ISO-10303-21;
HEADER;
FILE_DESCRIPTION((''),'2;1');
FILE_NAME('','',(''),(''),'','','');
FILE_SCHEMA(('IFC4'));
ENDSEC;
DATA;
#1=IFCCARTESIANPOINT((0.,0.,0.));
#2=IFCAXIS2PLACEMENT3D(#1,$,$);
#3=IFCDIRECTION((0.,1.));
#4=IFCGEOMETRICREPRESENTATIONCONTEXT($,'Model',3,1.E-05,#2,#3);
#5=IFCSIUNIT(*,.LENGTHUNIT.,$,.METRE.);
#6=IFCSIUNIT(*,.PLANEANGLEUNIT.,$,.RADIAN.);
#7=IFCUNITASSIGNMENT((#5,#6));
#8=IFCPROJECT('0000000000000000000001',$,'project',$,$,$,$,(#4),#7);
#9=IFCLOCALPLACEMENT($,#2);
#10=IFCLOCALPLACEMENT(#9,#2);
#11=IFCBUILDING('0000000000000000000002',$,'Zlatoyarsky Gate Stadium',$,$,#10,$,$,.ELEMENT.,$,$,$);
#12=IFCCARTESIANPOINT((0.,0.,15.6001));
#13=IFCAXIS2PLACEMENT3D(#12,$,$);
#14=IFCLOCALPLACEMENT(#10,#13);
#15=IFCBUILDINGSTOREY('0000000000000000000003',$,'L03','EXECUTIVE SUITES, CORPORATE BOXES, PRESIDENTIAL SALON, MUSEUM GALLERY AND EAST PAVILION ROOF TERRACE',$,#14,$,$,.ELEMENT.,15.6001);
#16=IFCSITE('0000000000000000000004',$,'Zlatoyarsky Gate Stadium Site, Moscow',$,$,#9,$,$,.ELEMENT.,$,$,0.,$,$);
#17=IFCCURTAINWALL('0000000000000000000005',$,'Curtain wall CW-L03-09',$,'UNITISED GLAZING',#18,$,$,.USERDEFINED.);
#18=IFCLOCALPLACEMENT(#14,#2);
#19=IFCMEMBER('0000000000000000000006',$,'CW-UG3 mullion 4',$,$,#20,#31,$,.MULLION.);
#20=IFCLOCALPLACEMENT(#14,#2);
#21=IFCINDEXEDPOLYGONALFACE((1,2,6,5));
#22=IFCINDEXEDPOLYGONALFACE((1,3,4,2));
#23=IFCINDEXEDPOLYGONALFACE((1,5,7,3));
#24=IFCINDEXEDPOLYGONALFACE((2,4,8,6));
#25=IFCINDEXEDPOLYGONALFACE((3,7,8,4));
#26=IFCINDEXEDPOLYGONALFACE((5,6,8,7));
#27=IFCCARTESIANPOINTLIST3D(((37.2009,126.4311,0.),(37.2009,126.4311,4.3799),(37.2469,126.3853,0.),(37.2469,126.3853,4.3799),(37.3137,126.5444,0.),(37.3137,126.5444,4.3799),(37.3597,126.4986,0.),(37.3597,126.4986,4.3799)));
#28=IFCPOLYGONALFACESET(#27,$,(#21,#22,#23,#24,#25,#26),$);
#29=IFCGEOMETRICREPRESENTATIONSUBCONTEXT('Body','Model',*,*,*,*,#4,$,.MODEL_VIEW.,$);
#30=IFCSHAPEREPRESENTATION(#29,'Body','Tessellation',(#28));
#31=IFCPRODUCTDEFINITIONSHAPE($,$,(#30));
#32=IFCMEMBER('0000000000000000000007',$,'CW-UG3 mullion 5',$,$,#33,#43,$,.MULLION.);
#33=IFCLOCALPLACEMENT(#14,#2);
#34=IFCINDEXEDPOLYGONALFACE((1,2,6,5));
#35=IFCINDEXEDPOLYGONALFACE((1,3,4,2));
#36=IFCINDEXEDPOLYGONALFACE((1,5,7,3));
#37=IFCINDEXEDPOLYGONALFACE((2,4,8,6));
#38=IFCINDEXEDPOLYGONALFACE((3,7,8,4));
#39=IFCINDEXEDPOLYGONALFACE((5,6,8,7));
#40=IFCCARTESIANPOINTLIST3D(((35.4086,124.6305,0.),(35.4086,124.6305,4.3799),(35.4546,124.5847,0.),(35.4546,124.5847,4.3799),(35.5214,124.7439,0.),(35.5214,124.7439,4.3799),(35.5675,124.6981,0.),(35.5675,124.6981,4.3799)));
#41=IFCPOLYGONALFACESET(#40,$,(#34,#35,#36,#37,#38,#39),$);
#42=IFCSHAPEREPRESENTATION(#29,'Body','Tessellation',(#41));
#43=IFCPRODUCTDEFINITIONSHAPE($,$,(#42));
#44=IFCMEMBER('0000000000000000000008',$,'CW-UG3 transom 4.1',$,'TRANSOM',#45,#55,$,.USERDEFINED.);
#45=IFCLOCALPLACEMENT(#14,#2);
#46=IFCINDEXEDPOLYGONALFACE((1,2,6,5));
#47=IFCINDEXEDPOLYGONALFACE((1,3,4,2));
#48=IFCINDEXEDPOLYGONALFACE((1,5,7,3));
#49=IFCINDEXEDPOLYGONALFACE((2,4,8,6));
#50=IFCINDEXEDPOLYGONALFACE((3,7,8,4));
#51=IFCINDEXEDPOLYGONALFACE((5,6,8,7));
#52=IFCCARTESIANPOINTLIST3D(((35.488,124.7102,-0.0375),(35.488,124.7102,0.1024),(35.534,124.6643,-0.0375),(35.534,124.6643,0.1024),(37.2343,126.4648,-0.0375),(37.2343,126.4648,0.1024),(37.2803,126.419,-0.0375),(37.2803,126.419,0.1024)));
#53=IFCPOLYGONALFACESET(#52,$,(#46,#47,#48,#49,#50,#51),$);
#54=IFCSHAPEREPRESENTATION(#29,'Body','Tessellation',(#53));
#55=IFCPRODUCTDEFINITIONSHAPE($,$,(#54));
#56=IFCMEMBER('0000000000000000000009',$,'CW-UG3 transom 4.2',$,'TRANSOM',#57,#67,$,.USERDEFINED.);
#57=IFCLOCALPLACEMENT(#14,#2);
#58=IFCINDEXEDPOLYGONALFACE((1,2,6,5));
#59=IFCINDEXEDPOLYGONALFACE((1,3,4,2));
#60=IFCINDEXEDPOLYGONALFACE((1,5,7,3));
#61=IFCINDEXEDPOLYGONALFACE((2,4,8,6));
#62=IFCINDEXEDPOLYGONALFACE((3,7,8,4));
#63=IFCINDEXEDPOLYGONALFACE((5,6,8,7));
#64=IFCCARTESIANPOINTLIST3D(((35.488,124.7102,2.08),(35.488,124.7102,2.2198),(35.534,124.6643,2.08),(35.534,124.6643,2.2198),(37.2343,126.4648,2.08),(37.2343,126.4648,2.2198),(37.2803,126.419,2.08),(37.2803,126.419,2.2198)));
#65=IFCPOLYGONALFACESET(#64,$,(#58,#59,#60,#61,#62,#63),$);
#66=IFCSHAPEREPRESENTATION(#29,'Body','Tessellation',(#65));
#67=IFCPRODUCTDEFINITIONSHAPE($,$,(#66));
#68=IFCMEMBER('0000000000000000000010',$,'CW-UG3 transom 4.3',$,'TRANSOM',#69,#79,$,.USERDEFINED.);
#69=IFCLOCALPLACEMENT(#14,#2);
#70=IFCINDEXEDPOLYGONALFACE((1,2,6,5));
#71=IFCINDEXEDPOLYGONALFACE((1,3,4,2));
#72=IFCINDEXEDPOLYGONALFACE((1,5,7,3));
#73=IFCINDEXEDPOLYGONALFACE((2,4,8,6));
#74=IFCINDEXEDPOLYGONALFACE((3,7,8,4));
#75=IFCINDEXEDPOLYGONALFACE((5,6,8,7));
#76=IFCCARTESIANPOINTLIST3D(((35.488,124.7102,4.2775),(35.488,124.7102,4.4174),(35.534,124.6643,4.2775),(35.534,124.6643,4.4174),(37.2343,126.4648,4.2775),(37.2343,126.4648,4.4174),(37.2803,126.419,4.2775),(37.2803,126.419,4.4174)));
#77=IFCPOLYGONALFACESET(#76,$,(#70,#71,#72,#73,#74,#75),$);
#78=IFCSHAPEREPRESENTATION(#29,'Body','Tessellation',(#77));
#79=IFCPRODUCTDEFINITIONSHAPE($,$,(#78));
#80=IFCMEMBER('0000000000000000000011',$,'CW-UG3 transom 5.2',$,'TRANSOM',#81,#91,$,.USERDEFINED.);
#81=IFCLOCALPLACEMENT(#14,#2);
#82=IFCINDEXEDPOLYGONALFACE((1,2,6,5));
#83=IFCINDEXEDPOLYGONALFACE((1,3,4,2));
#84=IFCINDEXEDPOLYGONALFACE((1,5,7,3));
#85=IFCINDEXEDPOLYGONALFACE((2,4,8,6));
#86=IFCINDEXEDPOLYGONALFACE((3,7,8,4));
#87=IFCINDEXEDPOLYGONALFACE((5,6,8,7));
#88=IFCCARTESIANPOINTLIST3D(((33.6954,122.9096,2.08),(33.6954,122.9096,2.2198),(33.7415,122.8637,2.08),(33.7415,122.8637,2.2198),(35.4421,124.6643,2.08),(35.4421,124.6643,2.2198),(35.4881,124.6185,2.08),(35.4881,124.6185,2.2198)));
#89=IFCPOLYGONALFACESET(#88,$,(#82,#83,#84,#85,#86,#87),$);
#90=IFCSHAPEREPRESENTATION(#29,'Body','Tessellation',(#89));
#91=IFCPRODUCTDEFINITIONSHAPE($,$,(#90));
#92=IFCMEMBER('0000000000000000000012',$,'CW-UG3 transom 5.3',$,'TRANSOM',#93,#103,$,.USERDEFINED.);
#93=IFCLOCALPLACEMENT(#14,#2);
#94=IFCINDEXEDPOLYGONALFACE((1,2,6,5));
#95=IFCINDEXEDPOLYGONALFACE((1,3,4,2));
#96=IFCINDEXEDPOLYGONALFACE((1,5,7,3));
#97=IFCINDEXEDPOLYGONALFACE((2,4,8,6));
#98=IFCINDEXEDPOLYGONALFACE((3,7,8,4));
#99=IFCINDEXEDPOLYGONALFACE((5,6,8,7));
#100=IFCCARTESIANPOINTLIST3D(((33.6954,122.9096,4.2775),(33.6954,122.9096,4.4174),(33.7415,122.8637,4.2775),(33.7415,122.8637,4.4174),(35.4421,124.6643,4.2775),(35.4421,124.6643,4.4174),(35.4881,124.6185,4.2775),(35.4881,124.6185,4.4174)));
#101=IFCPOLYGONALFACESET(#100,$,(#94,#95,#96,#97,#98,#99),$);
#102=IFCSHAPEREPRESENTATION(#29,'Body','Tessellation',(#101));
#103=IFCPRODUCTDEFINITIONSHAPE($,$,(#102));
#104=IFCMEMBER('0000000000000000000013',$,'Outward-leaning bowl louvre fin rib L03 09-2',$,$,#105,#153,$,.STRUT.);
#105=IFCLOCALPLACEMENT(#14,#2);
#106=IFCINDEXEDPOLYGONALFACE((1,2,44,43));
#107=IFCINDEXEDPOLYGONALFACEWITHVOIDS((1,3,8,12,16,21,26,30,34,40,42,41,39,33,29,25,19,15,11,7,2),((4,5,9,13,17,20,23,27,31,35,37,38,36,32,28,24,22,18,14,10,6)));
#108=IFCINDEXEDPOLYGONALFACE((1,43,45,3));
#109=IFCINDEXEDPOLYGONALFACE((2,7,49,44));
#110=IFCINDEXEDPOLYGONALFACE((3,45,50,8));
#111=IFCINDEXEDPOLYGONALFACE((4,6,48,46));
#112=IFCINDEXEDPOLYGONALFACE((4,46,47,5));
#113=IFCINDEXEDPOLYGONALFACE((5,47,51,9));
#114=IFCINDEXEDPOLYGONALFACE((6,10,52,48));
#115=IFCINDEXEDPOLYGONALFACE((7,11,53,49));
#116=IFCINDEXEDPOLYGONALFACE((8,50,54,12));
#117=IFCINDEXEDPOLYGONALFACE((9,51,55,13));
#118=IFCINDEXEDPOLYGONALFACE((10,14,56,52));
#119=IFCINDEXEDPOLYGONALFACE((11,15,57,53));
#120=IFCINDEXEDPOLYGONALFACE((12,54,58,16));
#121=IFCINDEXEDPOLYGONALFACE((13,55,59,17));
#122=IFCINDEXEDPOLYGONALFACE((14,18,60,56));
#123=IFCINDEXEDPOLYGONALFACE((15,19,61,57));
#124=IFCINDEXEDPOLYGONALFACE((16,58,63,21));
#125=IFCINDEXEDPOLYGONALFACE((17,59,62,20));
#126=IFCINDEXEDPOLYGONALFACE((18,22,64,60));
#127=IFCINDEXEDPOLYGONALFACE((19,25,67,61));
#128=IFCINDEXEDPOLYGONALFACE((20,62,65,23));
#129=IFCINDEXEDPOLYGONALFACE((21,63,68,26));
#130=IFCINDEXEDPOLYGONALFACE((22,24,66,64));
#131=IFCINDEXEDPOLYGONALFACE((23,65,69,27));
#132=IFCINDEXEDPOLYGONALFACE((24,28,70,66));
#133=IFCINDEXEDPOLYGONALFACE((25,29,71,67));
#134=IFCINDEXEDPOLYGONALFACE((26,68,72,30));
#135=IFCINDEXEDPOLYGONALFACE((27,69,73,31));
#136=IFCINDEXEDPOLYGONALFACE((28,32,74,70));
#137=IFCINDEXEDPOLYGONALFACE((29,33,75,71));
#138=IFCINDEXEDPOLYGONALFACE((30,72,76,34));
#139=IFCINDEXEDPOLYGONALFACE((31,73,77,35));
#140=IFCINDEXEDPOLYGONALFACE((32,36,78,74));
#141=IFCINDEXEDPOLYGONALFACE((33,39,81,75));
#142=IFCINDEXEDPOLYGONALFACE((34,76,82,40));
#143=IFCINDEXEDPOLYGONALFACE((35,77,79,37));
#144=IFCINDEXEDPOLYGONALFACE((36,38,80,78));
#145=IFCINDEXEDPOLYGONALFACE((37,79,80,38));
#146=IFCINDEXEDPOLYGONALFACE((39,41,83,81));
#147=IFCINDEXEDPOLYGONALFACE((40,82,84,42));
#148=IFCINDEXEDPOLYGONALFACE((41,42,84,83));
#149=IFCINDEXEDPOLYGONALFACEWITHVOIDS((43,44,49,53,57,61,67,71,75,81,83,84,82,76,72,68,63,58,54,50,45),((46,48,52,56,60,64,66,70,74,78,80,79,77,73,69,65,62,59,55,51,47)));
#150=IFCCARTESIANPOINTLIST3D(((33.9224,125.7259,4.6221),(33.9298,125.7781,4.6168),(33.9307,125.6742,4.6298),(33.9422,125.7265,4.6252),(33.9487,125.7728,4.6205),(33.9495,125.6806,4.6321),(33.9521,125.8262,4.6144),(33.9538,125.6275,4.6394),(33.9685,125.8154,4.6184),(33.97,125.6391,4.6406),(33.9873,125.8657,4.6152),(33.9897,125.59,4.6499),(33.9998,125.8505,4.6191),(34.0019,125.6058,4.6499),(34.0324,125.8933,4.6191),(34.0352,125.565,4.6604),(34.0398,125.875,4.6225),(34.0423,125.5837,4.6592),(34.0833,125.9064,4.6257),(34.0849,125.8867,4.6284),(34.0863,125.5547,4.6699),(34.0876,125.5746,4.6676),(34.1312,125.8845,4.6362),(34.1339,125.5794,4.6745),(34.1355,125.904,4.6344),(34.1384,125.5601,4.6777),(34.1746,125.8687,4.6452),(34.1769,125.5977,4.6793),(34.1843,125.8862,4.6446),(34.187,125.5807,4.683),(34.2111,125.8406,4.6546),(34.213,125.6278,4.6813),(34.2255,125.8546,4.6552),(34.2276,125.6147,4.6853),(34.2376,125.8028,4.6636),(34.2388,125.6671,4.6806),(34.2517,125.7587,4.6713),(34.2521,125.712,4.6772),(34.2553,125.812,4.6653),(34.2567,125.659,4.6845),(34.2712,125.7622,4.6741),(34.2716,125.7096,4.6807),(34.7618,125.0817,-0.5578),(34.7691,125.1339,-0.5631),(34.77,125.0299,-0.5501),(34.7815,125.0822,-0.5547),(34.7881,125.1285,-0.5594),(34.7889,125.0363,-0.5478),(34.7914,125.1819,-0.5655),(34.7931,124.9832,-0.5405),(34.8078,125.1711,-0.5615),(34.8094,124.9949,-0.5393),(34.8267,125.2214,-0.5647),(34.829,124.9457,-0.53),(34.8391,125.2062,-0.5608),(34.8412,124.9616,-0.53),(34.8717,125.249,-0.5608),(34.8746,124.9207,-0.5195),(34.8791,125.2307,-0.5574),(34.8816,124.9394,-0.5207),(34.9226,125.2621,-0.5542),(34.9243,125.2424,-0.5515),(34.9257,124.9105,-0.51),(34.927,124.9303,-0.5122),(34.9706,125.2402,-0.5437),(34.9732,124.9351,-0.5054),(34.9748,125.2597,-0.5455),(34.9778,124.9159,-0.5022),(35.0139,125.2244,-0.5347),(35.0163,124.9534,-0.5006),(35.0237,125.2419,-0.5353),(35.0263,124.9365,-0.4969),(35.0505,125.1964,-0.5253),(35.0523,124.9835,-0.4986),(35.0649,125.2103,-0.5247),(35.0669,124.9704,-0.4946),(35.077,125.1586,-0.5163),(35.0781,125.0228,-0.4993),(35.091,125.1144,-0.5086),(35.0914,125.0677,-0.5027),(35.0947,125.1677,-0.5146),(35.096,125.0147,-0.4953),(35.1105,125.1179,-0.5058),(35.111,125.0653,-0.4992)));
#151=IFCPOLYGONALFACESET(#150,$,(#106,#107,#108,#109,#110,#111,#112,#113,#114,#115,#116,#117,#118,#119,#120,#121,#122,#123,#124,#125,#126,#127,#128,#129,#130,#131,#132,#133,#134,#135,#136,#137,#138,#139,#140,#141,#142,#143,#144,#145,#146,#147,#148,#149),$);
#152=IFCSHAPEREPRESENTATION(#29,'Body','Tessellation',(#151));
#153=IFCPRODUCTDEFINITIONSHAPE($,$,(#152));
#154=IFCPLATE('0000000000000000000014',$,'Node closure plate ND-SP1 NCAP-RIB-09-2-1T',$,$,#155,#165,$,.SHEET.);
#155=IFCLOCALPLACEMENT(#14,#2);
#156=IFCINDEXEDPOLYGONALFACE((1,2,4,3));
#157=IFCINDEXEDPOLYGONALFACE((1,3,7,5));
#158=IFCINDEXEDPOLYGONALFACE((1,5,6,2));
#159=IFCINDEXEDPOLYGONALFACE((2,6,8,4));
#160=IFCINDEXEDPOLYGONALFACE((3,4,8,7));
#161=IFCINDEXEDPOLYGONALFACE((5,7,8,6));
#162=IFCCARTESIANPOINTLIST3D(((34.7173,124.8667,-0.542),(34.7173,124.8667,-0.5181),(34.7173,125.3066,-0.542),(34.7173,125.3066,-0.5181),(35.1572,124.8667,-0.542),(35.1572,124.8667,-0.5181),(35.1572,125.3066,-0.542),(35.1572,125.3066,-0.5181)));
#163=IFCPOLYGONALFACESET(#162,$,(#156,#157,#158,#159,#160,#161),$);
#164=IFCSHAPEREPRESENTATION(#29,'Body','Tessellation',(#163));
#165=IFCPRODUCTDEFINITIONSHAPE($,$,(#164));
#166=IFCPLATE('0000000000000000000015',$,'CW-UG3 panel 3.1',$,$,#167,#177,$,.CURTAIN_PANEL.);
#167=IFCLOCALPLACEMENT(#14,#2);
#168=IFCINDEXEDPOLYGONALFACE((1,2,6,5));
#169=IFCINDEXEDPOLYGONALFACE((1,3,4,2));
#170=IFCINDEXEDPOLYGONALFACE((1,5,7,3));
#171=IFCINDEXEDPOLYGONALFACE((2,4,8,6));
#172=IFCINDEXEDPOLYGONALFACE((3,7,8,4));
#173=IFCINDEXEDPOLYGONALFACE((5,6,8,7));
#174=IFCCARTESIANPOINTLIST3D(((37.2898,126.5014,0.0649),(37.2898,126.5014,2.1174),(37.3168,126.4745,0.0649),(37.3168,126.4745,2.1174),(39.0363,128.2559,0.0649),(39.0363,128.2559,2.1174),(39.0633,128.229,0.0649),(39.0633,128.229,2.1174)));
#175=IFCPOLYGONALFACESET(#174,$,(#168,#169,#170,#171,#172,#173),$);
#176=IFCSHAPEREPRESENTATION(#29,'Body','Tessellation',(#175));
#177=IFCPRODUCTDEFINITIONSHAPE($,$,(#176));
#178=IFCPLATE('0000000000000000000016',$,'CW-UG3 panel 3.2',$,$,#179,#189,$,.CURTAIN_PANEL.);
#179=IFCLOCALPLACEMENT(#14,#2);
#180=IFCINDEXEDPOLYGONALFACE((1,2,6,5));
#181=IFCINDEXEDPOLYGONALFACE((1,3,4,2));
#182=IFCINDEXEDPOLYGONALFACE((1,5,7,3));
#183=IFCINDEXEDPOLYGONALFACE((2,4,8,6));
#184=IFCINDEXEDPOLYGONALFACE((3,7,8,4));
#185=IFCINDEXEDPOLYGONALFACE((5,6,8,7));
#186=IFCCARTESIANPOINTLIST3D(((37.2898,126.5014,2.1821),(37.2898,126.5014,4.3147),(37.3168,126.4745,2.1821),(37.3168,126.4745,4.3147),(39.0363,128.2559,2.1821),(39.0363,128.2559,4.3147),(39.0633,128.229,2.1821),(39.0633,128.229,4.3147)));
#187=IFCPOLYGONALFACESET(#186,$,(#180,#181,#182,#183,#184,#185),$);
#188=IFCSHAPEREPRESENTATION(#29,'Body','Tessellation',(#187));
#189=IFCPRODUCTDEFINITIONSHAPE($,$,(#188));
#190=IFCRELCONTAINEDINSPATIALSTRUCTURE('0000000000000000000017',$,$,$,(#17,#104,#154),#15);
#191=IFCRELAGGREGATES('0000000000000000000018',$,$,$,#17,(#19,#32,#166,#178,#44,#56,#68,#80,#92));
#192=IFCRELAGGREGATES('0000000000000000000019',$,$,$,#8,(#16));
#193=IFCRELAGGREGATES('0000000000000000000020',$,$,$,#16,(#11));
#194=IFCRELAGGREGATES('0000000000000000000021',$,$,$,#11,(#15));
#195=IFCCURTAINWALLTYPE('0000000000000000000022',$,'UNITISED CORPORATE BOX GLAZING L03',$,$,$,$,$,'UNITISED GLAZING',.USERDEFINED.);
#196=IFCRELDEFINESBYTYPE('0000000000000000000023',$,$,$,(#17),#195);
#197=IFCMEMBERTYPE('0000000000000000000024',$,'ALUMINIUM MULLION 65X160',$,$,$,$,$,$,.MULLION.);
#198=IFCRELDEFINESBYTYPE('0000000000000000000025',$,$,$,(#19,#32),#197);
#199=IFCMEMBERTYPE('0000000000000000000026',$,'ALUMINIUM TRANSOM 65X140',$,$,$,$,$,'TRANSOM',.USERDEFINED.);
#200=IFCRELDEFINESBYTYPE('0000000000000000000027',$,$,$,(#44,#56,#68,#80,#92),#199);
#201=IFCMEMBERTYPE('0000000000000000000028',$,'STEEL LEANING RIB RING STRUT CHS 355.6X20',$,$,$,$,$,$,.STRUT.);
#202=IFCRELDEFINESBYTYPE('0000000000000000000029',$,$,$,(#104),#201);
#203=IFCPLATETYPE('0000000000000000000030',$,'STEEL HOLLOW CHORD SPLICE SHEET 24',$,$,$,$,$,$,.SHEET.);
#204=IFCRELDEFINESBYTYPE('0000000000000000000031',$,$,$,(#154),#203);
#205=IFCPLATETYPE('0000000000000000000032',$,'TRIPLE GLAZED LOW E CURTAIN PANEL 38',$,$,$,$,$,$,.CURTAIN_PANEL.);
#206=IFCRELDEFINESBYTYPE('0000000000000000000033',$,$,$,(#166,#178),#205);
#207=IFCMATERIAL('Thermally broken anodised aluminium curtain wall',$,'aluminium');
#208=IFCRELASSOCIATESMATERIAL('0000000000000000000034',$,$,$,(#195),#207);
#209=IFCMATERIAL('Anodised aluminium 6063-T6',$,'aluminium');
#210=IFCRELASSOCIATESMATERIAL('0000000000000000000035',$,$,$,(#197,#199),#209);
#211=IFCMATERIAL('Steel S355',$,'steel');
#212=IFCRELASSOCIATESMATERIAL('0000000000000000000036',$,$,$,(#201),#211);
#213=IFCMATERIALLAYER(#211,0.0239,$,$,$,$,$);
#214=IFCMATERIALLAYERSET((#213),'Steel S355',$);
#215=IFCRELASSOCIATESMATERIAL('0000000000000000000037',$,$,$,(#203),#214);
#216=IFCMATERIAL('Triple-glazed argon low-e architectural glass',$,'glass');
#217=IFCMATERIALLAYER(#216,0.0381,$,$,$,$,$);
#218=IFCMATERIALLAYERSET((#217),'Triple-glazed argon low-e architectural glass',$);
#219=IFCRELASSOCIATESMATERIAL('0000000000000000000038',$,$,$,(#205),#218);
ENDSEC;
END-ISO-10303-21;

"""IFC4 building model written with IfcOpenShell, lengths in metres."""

from ifc_helpers import new_model, si_unit, direction, frame, origin, origin_2d, place, context, subcontext, project, spatial, rectangle, hollow_circle, extrude, material, layer, layer_set, material_profile, profile_set, type_object, element, aggregate, save


model = new_model("IFC4")

# Units and contexts
model_context = context("Model", 3, precision=1e-05, world=origin(), true_north=direction((0.0, 1.0)))
body_context = subcontext(model_context, "Body", "Model", "MODEL_VIEW")
ifc_project = project(units=[si_unit("LENGTHUNIT", "METRE"), si_unit("PLANEANGLEUNIT", "RADIAN")], contexts=[model_context])

# Site, building, storey
site_placement = place(None, origin())
site = spatial("IfcSite", under=ifc_project, at=site_placement, Name="Zlatoyarsky Gate Stadium Site, Moscow", CompositionType="ELEMENT", RefElevation=0.0)
building_placement = place(site_placement, origin())
building = spatial("IfcBuilding", under=site, at=building_placement, Name="Zlatoyarsky Gate Stadium", CompositionType="ELEMENT")
storey_placement = place(building_placement, frame((0.0, 0.0, 15.6001)))
storey = spatial("IfcBuildingStorey", under=building, at=storey_placement, Name="L03", Description="EXECUTIVE SUITES, CORPORATE BOXES, PRESIDENTIAL SALON, MUSEUM GALLERY AND EAST PAVILION ROOF TERRACE", CompositionType="ELEMENT", Elevation=15.6001)

# Curtain wall, members
ifc_material_1 = material(Name="Thermally broken anodised aluminium curtain wall", Category="aluminium")
curtain_wall_type = type_object("IfcCurtainWallType", Name="UNITISED CORPORATE BOX GLAZING L03", ElementType="UNITISED GLAZING", PredefinedType="USERDEFINED", material=ifc_material_1)
curtain_wall_placement = place(storey_placement, origin())
curtain_wall = element("IfcCurtainWall", 1, at=curtain_wall_placement, inside=storey, type_object=curtain_wall_type, Name="Curtain wall CW-L03-09", ObjectType="UNITISED GLAZING", PredefinedType="USERDEFINED")
ifc_material_2 = material(Name="Anodised aluminium 6063-T6", Category="aluminium")
ifc_material_profile_1 = material_profile(ifc_material_2, rectangle(XDim=0.0649, YDim=0.1599, at=origin_2d()), Name="ALU 65X160")
ifc_profile_set_1 = profile_set([ifc_material_profile_1], Name="Anodised aluminium 6063-T6")
member_type_1 = type_object("IfcMemberType", Name="ALUMINIUM MULLION 65X160", PredefinedType="MULLION", material=ifc_profile_set_1)
member_1_placement = place(storey_placement, frame((37.2803, 126.4648, 0.0), z_axis=(0.0, 0.0, 1.0), x_axis=(0.708721, -0.705489, 0.0)))
member_1 = element("IfcMember", 2, at=member_1_placement, type_object=member_type_1, Name="CW-UG3 mullion 4", PredefinedType="MULLION", context=body_context, shape_type="SweptSolid", body=[
    extrude(rectangle(XDim=0.0649, YDim=0.1599, at=origin_2d()), origin(), (0.0, 0.0, 1.0), 4.3799),
])
member_2_placement = place(storey_placement, frame((35.488, 124.6643, 0.0), z_axis=(0.0, 0.0, 1.0), x_axis=(0.708721, -0.705489, 0.0)))
member_2 = element("IfcMember", 3, at=member_2_placement, type_object=member_type_1, Name="CW-UG3 mullion 5", PredefinedType="MULLION", context=body_context, shape_type="SweptSolid", body=[
    extrude(rectangle(XDim=0.0649, YDim=0.1599, at=origin_2d()), origin(), (0.0, 0.0, 1.0), 4.3799),
])
ifc_material_profile_2 = material_profile(ifc_material_2, rectangle(XDim=0.0649, YDim=0.1399, at=origin_2d()), Name="ALU 65X140")
ifc_profile_set_2 = profile_set([ifc_material_profile_2], Name="Anodised aluminium 6063-T6")
member_type_2 = type_object("IfcMemberType", Name="ALUMINIUM TRANSOM 65X140", ElementType="TRANSOM", PredefinedType="USERDEFINED", material=ifc_profile_set_2)
member_3_placement = place(storey_placement, frame((37.2573, 126.4419, 0.0325), z_axis=(-0.705428, -0.708781, 0.0), x_axis=(0.708781, -0.705428, 0.0)))
member_3 = element("IfcMember", 4, at=member_3_placement, type_object=member_type_2, Name="CW-UG3 transom 4.1", ObjectType="TRANSOM", PredefinedType="USERDEFINED", context=body_context, shape_type="SweptSolid", body=[
    extrude(rectangle(XDim=0.0649, YDim=0.1399, at=origin_2d()), origin(), (0.0, 0.0, 1.0), 2.4756),
])
member_4_placement = place(storey_placement, frame((37.2573, 126.4419, 2.1499), z_axis=(-0.705428, -0.708781, 0.0), x_axis=(0.708781, -0.705428, 0.0)))
member_4 = element("IfcMember", 5, at=member_4_placement, type_object=member_type_2, Name="CW-UG3 transom 4.2", ObjectType="TRANSOM", PredefinedType="USERDEFINED", context=body_context, shape_type="SweptSolid", body=[
    extrude(rectangle(XDim=0.0649, YDim=0.1399, at=origin_2d()), origin(), (0.0, 0.0, 1.0), 2.4756),
])
member_5_placement = place(storey_placement, frame((37.2573, 126.4419, 4.3474), z_axis=(-0.705428, -0.708781, 0.0), x_axis=(0.708781, -0.705428, 0.0)))
member_5 = element("IfcMember", 6, at=member_5_placement, type_object=member_type_2, Name="CW-UG3 transom 4.3", ObjectType="TRANSOM", PredefinedType="USERDEFINED", context=body_context, shape_type="SweptSolid", body=[
    extrude(rectangle(XDim=0.0649, YDim=0.1399, at=origin_2d()), origin(), (0.0, 0.0, 1.0), 2.4756),
])
member_6_placement = place(storey_placement, frame((35.4651, 124.6414, 2.1499), z_axis=(-0.705478, -0.708732, 0.0), x_axis=(0.708732, -0.705478, 0.0)))
member_6 = element("IfcMember", 7, at=member_6_placement, type_object=member_type_2, Name="CW-UG3 transom 5.2", ObjectType="TRANSOM", PredefinedType="USERDEFINED", context=body_context, shape_type="SweptSolid", body=[
    extrude(rectangle(XDim=0.0649, YDim=0.1399, at=origin_2d()), origin(), (0.0, 0.0, 1.0), 2.4758),
])
member_7_placement = place(storey_placement, frame((35.4651, 124.6414, 4.3474), z_axis=(-0.705478, -0.708732, 0.0), x_axis=(0.708732, -0.705478, 0.0)))
member_7 = element("IfcMember", 8, at=member_7_placement, type_object=member_type_2, Name="CW-UG3 transom 5.3", ObjectType="TRANSOM", PredefinedType="USERDEFINED", context=body_context, shape_type="SweptSolid", body=[
    extrude(rectangle(XDim=0.0649, YDim=0.1399, at=origin_2d()), origin(), (0.0, 0.0, 1.0), 2.4758),
])

# Member
ifc_material_3 = material(Name="Steel S355", Category="steel")
ifc_material_profile_3 = material_profile(ifc_material_3, hollow_circle(Radius=0.1777, WallThickness=0.02, at=origin_2d()), Name="CHS 355.6X20")
ifc_profile_set_3 = profile_set([ifc_material_profile_3], Name="Steel S355")
member_type_3 = type_object("IfcMemberType", Name="STEEL LEANING RIB RING STRUT CHS 355.6X20", PredefinedType="STRUT", material=ifc_profile_set_3)
member_8_placement = place(storey_placement, frame((34.9373, 125.0867, -0.53), z_axis=(-0.158761, 0.121865, 0.979767), x_axis=(-0.608896, -0.79325, 0.0)))
element("IfcMember", 9, at=member_8_placement, inside=storey, type_object=member_type_3, Name="Outward-leaning bowl louvre fin rib L03 09-2", PredefinedType="STRUT", context=body_context, shape_type="SweptSolid", body=[
    extrude(hollow_circle(Radius=0.1777, WallThickness=0.02, at=origin_2d()), origin(), (0.0, 0.0, 1.0), 5.2869),
])

# Plates
ifc_layer_1 = layer(ifc_material_3, 0.0239)
ifc_layer_set_1 = layer_set([ifc_layer_1], Name="Steel S355")
plate_type_1 = type_object("IfcPlateType", Name="STEEL HOLLOW CHORD SPLICE SHEET 24", PredefinedType="SHEET", material=ifc_layer_set_1)
plate_1_placement = place(storey_placement, frame((34.9373, 125.0867, -0.542), z_axis=(0.0, 0.0, 1.0), x_axis=(1.0, 0.0, 0.0)))
element("IfcPlate", 10, at=plate_1_placement, inside=storey, type_object=plate_type_1, Name="Node closure plate ND-SP1 NCAP-RIB-09-2-1T", PredefinedType="SHEET", context=body_context, shape_type="SweptSolid", body=[
    extrude(rectangle(XDim=0.4399, YDim=0.4399, at=origin_2d()), origin(), (0.0, 0.0, 1.0), 0.0239),
])
ifc_material_4 = material(Name="Triple-glazed argon low-e architectural glass", Category="glass")
ifc_layer_2 = layer(ifc_material_4, 0.0381)
ifc_layer_set_2 = layer_set([ifc_layer_2], Name="Triple-glazed argon low-e architectural glass")
plate_type_2 = type_object("IfcPlateType", Name="TRIPLE GLAZED LOW E CURTAIN PANEL 38", PredefinedType="CURTAIN_PANEL", material=ifc_layer_set_2)
plate_2_placement = place(storey_placement, frame((38.1765, 127.3652, 0.0649), z_axis=(0.0, 0.0, 1.0), x_axis=(-0.705489, -0.708721, 0.0)))
plate_2 = element("IfcPlate", 11, at=plate_2_placement, type_object=plate_type_2, Name="CW-UG3 panel 3.1", PredefinedType="CURTAIN_PANEL", context=body_context, shape_type="SweptSolid", body=[
    extrude(rectangle(XDim=2.4756, YDim=0.0381, at=origin_2d()), origin(), (0.0, 0.0, 1.0), 2.0525),
])
plate_3_placement = place(storey_placement, frame((38.1765, 127.3652, 2.1821), z_axis=(0.0, 0.0, 1.0), x_axis=(-0.705489, -0.708721, 0.0)))
plate_3 = element("IfcPlate", 12, at=plate_3_placement, type_object=plate_type_2, Name="CW-UG3 panel 3.2", PredefinedType="CURTAIN_PANEL", context=body_context, shape_type="SweptSolid", body=[
    extrude(rectangle(XDim=2.4756, YDim=0.0381, at=origin_2d()), origin(), (0.0, 0.0, 1.0), 2.1326),
])
aggregate(curtain_wall, [member_1, member_2, plate_2, plate_3, member_3, member_4, member_5, member_6, member_7])

save(model, "model.ifc")
